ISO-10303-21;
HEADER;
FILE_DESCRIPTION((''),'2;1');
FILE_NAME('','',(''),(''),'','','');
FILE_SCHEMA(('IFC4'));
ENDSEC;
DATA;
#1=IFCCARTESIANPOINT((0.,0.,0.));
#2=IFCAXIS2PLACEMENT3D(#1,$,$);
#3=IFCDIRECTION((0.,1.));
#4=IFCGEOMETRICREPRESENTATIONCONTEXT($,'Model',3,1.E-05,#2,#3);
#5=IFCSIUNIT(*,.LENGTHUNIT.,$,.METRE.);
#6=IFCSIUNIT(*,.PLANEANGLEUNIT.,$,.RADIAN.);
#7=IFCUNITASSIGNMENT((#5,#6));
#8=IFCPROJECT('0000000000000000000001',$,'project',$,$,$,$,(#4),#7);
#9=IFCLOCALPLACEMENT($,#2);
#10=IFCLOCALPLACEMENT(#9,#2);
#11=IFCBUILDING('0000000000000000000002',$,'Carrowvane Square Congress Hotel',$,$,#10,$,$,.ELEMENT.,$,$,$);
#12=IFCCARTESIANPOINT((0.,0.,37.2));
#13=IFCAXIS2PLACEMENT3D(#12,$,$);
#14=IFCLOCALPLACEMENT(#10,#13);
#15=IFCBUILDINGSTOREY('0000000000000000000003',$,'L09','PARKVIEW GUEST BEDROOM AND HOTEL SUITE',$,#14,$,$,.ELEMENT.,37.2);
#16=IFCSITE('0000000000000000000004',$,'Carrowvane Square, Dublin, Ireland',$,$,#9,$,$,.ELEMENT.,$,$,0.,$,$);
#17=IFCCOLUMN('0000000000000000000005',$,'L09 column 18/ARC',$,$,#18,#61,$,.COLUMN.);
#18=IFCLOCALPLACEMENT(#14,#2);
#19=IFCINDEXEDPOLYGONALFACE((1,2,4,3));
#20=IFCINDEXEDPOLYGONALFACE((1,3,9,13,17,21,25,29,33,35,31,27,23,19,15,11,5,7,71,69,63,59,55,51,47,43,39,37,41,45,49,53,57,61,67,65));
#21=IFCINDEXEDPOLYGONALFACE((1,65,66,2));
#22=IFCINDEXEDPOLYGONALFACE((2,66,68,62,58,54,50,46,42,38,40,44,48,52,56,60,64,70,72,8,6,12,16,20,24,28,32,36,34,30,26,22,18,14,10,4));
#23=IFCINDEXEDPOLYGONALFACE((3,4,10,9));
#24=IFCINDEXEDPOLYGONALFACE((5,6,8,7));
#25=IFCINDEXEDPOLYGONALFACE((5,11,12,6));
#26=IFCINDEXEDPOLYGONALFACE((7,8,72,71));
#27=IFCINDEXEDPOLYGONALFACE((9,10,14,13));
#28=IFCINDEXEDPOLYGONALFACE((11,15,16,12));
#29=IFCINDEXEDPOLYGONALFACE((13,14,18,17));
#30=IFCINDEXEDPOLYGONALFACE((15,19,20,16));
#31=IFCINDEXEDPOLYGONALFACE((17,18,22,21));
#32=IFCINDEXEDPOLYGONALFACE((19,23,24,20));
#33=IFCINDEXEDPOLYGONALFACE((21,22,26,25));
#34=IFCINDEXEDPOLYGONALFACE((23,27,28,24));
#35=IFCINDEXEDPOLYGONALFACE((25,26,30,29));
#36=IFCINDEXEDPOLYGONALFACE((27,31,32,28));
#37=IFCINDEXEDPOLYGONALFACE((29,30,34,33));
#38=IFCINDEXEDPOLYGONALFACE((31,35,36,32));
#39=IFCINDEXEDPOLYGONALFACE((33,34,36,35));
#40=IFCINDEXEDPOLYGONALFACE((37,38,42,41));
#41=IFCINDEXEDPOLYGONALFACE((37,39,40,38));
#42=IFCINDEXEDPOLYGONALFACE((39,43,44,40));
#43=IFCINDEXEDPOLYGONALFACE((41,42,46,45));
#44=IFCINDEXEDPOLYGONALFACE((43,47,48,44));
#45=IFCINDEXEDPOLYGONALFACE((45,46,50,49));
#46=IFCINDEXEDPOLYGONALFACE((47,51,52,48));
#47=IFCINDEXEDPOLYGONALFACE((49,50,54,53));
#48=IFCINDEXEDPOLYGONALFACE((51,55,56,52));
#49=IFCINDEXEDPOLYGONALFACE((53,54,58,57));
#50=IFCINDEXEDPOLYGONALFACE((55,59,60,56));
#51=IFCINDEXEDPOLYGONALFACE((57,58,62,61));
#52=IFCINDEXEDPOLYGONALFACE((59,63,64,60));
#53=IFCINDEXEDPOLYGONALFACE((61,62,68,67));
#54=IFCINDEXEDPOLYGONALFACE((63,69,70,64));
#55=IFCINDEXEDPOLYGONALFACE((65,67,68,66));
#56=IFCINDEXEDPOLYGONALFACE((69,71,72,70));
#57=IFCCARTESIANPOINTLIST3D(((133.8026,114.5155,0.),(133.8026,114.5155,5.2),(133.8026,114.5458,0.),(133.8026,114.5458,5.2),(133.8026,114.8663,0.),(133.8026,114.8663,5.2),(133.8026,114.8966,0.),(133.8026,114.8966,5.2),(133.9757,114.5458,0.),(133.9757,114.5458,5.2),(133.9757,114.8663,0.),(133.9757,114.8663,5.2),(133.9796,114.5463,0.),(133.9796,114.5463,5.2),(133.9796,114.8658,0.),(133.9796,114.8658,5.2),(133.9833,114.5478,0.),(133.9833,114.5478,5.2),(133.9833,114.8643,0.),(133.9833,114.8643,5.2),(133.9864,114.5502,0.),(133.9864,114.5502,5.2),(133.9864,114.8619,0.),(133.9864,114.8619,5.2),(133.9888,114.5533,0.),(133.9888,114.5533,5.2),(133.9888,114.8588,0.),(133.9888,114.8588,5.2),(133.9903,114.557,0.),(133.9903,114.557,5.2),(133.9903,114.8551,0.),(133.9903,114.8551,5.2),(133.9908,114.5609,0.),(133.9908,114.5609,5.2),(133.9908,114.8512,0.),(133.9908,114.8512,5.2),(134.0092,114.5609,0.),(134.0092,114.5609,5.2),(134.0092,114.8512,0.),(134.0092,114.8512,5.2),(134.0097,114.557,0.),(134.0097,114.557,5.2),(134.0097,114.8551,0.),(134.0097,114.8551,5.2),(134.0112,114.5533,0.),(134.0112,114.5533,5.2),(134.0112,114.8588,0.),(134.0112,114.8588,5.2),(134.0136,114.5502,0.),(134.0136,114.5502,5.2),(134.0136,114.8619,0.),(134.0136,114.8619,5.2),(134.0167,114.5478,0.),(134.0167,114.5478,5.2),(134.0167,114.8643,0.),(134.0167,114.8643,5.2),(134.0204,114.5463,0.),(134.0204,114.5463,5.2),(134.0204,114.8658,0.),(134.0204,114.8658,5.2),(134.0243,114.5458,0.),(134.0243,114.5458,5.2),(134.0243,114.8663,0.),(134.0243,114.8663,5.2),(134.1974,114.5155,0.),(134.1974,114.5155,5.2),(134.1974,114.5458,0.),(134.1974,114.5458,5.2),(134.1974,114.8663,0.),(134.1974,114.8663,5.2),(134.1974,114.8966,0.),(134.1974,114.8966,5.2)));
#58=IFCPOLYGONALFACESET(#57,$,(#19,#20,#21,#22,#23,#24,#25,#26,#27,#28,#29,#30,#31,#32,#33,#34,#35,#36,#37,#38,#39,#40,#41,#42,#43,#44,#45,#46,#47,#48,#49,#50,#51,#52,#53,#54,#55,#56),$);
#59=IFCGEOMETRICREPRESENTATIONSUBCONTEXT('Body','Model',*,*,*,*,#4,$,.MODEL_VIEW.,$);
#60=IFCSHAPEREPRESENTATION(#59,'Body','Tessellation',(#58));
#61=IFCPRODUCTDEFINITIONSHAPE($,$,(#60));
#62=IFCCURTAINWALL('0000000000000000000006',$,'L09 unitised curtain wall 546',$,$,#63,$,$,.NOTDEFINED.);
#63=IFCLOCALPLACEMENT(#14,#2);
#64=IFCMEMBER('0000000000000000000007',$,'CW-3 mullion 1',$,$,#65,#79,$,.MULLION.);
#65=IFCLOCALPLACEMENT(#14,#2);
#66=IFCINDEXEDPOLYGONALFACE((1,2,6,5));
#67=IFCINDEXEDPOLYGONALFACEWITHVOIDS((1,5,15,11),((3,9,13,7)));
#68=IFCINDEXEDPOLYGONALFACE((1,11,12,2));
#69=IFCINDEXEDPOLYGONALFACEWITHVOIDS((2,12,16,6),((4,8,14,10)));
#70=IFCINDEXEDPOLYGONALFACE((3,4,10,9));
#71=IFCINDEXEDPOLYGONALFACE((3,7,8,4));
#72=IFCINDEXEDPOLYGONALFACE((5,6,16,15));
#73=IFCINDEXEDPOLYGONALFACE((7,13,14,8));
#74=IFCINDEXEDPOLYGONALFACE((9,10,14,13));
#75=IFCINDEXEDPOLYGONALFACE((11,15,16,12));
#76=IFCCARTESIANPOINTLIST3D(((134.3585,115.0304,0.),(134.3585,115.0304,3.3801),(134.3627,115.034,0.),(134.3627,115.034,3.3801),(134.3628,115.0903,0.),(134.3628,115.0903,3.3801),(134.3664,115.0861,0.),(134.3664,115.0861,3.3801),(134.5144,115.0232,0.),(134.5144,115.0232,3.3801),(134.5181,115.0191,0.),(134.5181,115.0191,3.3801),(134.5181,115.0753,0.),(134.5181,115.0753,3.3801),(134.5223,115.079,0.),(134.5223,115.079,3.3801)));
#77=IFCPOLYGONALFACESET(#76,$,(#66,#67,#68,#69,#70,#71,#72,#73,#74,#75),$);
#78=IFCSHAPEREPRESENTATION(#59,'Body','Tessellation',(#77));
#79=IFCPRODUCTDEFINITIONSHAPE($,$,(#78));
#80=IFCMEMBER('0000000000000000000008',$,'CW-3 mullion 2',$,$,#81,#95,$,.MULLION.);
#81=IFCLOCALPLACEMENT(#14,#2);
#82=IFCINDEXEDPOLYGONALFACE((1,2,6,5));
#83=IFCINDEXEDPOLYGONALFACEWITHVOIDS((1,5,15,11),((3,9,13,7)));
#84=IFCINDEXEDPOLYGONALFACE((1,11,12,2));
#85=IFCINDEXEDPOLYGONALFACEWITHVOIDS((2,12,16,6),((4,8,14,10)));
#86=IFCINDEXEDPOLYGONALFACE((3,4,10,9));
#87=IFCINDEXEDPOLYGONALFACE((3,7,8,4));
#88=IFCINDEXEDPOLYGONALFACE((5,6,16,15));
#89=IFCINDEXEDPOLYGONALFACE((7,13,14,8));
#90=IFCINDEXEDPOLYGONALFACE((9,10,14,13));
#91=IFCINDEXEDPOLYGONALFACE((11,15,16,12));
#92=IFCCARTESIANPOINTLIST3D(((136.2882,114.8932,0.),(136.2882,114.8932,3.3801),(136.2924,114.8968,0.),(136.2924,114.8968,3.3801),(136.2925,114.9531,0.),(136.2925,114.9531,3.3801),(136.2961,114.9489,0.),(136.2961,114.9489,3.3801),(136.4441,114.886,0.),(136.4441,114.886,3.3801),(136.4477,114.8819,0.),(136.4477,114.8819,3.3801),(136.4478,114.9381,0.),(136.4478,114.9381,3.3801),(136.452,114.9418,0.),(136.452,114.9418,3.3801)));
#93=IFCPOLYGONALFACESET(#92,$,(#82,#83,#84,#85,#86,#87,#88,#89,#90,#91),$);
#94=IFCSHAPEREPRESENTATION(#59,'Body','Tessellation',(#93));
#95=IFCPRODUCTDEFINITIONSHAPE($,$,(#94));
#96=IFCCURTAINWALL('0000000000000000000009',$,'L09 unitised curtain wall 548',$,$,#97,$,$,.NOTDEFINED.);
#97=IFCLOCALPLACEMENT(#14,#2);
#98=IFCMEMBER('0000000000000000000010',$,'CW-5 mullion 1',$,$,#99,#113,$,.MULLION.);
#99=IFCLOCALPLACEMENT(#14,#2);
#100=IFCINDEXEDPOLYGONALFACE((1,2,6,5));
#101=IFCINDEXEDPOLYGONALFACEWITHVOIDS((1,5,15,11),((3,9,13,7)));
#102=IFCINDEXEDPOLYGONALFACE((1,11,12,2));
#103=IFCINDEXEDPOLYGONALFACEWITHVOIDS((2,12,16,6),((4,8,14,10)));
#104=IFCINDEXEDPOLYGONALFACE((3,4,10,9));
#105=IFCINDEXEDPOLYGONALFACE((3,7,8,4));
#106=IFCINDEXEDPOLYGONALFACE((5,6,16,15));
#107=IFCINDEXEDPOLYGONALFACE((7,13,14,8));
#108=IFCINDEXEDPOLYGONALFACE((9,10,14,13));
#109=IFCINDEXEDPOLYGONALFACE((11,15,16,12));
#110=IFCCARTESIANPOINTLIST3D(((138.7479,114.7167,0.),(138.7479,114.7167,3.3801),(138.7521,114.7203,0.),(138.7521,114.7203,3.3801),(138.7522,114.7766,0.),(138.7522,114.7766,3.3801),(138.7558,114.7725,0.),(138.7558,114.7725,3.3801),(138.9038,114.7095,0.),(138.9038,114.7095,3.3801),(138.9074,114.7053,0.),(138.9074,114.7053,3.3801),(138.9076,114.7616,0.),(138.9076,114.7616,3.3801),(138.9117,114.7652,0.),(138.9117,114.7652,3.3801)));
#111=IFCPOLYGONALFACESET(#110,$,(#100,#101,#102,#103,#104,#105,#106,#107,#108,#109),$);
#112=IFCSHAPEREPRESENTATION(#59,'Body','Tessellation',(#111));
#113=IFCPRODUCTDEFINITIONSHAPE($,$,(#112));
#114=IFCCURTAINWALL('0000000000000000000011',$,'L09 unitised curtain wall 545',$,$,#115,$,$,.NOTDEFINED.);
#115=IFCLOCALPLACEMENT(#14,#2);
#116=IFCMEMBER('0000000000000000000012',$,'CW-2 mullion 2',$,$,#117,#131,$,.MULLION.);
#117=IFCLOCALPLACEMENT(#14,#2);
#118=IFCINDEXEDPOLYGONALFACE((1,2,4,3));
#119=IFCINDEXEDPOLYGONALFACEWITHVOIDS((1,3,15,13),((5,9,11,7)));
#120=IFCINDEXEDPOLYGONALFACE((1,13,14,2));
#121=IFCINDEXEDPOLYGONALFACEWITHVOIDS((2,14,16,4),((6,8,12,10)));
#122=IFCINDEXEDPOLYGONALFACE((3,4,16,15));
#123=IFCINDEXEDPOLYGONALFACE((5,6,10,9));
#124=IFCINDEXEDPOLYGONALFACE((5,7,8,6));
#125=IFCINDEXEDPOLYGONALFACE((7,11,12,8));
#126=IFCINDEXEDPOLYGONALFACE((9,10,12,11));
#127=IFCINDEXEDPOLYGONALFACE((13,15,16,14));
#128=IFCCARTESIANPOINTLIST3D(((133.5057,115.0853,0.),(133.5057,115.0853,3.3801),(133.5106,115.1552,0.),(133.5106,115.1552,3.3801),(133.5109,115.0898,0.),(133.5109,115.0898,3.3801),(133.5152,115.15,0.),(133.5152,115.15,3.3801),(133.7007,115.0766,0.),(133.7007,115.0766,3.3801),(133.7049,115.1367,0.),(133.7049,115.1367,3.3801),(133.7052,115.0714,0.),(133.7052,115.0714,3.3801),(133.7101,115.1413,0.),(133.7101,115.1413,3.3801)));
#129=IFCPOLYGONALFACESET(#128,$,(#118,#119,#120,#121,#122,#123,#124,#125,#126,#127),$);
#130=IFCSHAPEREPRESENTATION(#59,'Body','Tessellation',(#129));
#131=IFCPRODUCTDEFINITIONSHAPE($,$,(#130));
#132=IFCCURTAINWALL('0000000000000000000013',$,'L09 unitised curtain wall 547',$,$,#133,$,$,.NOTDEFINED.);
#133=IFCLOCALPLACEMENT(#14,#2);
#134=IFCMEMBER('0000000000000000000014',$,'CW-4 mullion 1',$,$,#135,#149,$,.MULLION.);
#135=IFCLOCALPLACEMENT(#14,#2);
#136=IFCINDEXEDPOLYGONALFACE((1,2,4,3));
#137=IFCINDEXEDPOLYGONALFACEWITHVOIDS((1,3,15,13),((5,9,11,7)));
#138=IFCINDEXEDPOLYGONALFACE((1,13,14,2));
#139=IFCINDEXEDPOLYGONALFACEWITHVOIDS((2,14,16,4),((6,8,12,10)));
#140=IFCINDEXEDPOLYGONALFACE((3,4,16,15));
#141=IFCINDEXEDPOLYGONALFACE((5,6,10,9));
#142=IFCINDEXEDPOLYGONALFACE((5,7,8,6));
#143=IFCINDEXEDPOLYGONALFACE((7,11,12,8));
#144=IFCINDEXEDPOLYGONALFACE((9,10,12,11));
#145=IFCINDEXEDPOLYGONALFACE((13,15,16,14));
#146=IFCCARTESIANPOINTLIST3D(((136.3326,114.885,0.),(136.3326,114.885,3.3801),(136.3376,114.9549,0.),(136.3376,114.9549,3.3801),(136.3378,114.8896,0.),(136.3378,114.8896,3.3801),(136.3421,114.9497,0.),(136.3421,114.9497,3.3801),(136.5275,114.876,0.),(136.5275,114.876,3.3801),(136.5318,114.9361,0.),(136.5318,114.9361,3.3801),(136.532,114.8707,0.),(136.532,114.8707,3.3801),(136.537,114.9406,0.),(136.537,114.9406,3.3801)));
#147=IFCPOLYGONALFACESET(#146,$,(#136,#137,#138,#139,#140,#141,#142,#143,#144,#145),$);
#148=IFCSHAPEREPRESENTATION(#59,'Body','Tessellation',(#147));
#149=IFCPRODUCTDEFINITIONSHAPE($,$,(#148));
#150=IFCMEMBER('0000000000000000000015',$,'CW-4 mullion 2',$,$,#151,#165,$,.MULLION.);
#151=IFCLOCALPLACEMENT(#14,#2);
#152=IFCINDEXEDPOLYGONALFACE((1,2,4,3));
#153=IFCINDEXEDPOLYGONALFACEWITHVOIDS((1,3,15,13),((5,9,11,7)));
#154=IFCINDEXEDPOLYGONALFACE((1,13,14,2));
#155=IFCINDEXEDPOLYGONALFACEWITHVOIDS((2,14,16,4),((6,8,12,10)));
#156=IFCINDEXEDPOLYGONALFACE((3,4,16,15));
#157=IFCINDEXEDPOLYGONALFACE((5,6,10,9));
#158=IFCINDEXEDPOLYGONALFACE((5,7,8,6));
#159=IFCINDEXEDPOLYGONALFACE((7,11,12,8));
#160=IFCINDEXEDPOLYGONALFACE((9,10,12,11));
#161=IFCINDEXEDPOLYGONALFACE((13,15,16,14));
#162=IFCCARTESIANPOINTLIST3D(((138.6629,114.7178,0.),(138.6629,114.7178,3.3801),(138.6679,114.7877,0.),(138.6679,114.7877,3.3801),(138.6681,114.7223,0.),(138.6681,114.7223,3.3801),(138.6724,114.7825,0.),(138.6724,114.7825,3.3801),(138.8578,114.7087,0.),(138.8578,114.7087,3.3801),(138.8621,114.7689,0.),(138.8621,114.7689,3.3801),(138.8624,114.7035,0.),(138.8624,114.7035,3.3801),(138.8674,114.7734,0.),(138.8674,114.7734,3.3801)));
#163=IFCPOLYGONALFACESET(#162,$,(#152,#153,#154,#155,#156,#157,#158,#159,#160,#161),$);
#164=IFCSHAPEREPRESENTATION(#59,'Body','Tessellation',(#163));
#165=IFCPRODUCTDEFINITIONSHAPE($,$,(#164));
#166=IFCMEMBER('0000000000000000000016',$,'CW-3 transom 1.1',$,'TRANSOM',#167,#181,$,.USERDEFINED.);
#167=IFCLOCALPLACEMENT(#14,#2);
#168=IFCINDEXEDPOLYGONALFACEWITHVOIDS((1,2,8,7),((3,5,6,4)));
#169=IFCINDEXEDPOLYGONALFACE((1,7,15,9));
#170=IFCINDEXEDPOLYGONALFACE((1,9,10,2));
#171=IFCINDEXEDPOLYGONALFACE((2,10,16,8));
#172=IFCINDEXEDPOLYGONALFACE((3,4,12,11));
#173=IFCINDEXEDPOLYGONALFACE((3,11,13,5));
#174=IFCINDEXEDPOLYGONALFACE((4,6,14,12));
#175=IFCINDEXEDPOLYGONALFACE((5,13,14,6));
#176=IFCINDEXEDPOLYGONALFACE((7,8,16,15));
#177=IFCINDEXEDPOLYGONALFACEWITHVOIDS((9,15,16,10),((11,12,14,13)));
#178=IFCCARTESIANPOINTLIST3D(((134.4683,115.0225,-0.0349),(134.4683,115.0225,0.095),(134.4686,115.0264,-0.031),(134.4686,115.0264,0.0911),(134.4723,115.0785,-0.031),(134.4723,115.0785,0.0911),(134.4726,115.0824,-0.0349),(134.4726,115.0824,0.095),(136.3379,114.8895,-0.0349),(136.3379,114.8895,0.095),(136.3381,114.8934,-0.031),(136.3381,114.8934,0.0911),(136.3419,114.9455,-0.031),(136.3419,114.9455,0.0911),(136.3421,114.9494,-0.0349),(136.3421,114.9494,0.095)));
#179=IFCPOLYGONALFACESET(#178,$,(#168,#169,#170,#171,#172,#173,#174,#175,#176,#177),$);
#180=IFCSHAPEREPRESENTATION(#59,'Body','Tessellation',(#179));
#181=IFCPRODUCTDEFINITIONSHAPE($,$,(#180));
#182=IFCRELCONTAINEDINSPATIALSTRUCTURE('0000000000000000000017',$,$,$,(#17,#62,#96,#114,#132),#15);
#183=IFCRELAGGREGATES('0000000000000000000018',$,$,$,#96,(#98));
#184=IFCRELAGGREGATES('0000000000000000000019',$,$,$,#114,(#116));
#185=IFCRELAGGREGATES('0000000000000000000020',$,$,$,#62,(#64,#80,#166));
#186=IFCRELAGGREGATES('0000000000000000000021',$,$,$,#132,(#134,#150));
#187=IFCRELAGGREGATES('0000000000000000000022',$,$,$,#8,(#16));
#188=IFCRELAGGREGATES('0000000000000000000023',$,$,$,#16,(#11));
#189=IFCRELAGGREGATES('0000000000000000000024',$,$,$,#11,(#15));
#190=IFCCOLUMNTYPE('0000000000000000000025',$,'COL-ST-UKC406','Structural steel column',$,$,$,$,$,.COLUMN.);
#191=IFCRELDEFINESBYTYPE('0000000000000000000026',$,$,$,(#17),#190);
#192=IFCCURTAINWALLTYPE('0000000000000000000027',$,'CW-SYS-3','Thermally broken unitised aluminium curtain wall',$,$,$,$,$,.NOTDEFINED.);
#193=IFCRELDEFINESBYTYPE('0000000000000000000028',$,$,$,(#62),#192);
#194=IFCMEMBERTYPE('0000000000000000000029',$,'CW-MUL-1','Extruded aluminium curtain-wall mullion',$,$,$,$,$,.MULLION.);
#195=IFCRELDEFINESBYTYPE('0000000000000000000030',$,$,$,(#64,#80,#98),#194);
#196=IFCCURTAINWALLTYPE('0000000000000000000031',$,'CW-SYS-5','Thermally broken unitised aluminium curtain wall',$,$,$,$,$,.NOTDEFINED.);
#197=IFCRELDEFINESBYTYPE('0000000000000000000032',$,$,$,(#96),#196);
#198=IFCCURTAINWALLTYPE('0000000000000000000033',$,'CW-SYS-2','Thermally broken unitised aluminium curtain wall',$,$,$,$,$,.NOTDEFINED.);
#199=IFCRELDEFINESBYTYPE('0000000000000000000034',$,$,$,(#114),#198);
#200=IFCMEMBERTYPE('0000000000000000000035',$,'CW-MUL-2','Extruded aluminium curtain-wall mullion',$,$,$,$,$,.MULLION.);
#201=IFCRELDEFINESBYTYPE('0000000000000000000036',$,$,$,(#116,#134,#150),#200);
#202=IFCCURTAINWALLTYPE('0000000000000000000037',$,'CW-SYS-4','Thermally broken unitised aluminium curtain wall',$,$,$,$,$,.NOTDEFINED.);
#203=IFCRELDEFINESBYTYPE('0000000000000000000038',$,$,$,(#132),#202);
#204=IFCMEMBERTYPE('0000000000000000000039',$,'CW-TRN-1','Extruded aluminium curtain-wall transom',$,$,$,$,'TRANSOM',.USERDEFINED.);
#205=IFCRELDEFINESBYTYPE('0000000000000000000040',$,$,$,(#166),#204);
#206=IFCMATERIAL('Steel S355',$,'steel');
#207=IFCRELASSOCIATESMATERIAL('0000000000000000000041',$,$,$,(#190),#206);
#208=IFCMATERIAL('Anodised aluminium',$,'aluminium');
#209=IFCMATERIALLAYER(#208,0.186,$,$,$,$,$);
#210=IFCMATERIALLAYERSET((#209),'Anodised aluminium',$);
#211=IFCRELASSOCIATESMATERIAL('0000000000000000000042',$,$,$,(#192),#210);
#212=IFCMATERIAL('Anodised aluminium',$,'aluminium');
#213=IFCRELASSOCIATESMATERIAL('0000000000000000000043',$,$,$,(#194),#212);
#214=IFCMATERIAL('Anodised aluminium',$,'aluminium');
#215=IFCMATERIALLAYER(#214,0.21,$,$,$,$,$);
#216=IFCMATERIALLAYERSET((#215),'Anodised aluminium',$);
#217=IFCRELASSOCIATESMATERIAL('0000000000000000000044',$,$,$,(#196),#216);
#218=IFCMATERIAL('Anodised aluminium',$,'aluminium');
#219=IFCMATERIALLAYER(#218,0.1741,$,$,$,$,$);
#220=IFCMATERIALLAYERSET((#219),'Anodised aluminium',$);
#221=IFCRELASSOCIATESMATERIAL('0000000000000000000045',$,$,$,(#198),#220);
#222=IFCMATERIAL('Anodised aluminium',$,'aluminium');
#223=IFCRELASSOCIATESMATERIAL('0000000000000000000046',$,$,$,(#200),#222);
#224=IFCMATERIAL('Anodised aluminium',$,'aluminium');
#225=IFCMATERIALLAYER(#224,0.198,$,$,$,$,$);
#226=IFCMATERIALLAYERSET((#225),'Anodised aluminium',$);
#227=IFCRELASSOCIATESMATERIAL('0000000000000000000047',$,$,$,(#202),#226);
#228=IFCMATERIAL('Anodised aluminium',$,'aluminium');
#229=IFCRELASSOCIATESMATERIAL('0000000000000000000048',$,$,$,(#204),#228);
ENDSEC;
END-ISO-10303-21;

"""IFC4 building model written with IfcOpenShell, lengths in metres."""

from ifc_helpers import new_model, si_unit, direction, frame, origin, origin_2d, place, context, subcontext, project, spatial, hollow_rectangle, i_section, extrude, material, layer, layer_set, material_profile, profile_set, type_object, element, aggregate, save


model = new_model("IFC4")

# Units and contexts
model_context = context("Model", 3, precision=1e-05, world=origin(), true_north=direction((0.0, 1.0)))
body_context = subcontext(model_context, "Body", "Model", "MODEL_VIEW")
ifc_project = project(units=[si_unit("LENGTHUNIT", "METRE"), si_unit("PLANEANGLEUNIT", "RADIAN")], contexts=[model_context])

# Site, building, storey
site_placement = place(None, origin())
site = spatial("IfcSite", under=ifc_project, at=site_placement, Name="Carrowvane Square, Dublin, Ireland", CompositionType="ELEMENT", RefElevation=0.0)
building_placement = place(site_placement, origin())
building = spatial("IfcBuilding", under=site, at=building_placement, Name="Carrowvane Square Congress Hotel", CompositionType="ELEMENT")
storey_placement = place(building_placement, frame((0.0, 0.0, 37.2)))
storey = spatial("IfcBuildingStorey", under=building, at=storey_placement, Name="L09", Description="PARKVIEW GUEST BEDROOM AND HOTEL SUITE", CompositionType="ELEMENT", Elevation=37.2)

# Column
ifc_material_1 = material(Name="Steel S355", Category="steel")
ifc_material_profile_1 = material_profile(ifc_material_1, i_section(OverallWidth=0.3948, OverallDepth=0.3811, WebThickness=0.0183, FlangeThickness=0.0303, FilletRadius=0.0151, at=origin_2d()), Name="UKC 356x406x235")
ifc_profile_set_1 = profile_set([ifc_material_profile_1], Name="Steel S355")
column_type = type_object("IfcColumnType", Name="COL-ST-UKC406", Description="Structural steel column", PredefinedType="COLUMN", material=ifc_profile_set_1)
column_placement = place(storey_placement, frame((134.0, 114.7061, 0.0), z_axis=(0.0, 0.0, 1.0), x_axis=(1.0, 0.0, 0.0)))
element("IfcColumn", 1, at=column_placement, inside=storey, type_object=column_type, Name="L09 column 18/ARC", PredefinedType="COLUMN", context=body_context, shape_type="SweptSolid", body=[
    extrude(i_section(OverallWidth=0.3948, OverallDepth=0.3811, WebThickness=0.0183, FlangeThickness=0.0303, FilletRadius=0.0151, at=origin_2d()), origin(), (0.0, 0.0, 1.0), 5.2),
])

# Curtain wall, members
ifc_material_2 = material(Name="Anodised aluminium", Category="aluminium")
ifc_layer_1 = layer(ifc_material_2, 0.186)
ifc_layer_set_1 = layer_set([ifc_layer_1], Name="Anodised aluminium")
curtain_wall_type_1 = type_object("IfcCurtainWallType", Name="CW-SYS-3", Description="Thermally broken unitised aluminium curtain wall", PredefinedType="NOTDEFINED", material=ifc_layer_set_1)
curtain_wall_1_placement = place(storey_placement, origin())
curtain_wall_1 = element("IfcCurtainWall", 2, at=curtain_wall_1_placement, inside=storey, type_object=curtain_wall_type_1, Name="L09 unitised curtain wall 546", PredefinedType="NOTDEFINED")
ifc_material_3 = material(Name="Anodised aluminium", Category="aluminium")
ifc_material_profile_2 = material_profile(ifc_material_3, hollow_rectangle(XDim=0.0601, YDim=0.1599, WallThickness=0.0039, at=origin_2d()), Name="CW-ML 60x160x4")
ifc_profile_set_2 = profile_set([ifc_material_profile_2], Name="Anodised aluminium")
member_type_1 = type_object("IfcMemberType", Name="CW-MUL-1", Description="Extruded aluminium curtain-wall mullion", PredefinedType="MULLION", material=ifc_profile_set_2)
member_1_placement = place(storey_placement, frame((134.4404, 115.0547, 0.0), z_axis=(0.0, 0.0, 1.0), x_axis=(0.07096, 0.997479, 0.0)))
member_1 = element("IfcMember", 3, at=member_1_placement, type_object=member_type_1, Name="CW-3 mullion 1", PredefinedType="MULLION", context=body_context, shape_type="SweptSolid", body=[
    extrude(hollow_rectangle(XDim=0.0601, YDim=0.1599, WallThickness=0.0039, at=origin_2d()), origin(), (0.0, 0.0, 1.0), 3.3801),
])
member_2_placement = place(storey_placement, frame((136.3701, 114.9175, 0.0), z_axis=(0.0, 0.0, 1.0), x_axis=(0.07096, 0.997479, 0.0)))
member_2 = element("IfcMember", 4, at=member_2_placement, type_object=member_type_1, Name="CW-3 mullion 2", PredefinedType="MULLION", context=body_context, shape_type="SweptSolid", body=[
    extrude(hollow_rectangle(XDim=0.0601, YDim=0.1599, WallThickness=0.0039, at=origin_2d()), origin(), (0.0, 0.0, 1.0), 3.3801),
])

# Curtain walls, members
ifc_material_4 = material(Name="Anodised aluminium", Category="aluminium")
ifc_layer_2 = layer(ifc_material_4, 0.21)
ifc_layer_set_2 = layer_set([ifc_layer_2], Name="Anodised aluminium")
curtain_wall_type_2 = type_object("IfcCurtainWallType", Name="CW-SYS-5", Description="Thermally broken unitised aluminium curtain wall", PredefinedType="NOTDEFINED", material=ifc_layer_set_2)
curtain_wall_2_placement = place(storey_placement, origin())
curtain_wall_2 = element("IfcCurtainWall", 5, at=curtain_wall_2_placement, inside=storey, type_object=curtain_wall_type_2, Name="L09 unitised curtain wall 548", PredefinedType="NOTDEFINED")
member_3_placement = place(storey_placement, frame((138.8298, 114.741, 0.0), z_axis=(0.0, 0.0, 1.0), x_axis=(0.071422, 0.997446, 0.0)))
member_3 = element("IfcMember", 6, at=member_3_placement, type_object=member_type_1, Name="CW-5 mullion 1", PredefinedType="MULLION", context=body_context, shape_type="SweptSolid", body=[
    extrude(hollow_rectangle(XDim=0.0601, YDim=0.1599, WallThickness=0.0039, at=origin_2d()), origin(), (0.0, 0.0, 1.0), 3.3801),
])
ifc_material_5 = material(Name="Anodised aluminium", Category="aluminium")
ifc_layer_3 = layer(ifc_material_5, 0.1741)
ifc_layer_set_3 = layer_set([ifc_layer_3], Name="Anodised aluminium")
curtain_wall_type_3 = type_object("IfcCurtainWallType", Name="CW-SYS-2", Description="Thermally broken unitised aluminium curtain wall", PredefinedType="NOTDEFINED", material=ifc_layer_set_3)
curtain_wall_3_placement = place(storey_placement, origin())
curtain_wall_3 = element("IfcCurtainWall", 7, at=curtain_wall_3_placement, inside=storey, type_object=curtain_wall_type_3, Name="L09 unitised curtain wall 545", PredefinedType="NOTDEFINED")
ifc_material_6 = material(Name="Anodised aluminium", Category="aluminium")
ifc_material_profile_3 = material_profile(ifc_material_6, hollow_rectangle(XDim=0.0701, YDim=0.2, WallThickness=0.0049, at=origin_2d()), Name="CW-ML 70x200x5")
ifc_profile_set_3 = profile_set([ifc_material_profile_3], Name="Anodised aluminium")
member_type_2 = type_object("IfcMemberType", Name="CW-MUL-2", Description="Extruded aluminium curtain-wall mullion", PredefinedType="MULLION", material=ifc_profile_set_3)
member_4_placement = place(storey_placement, frame((133.6079, 115.1133, 0.0), z_axis=(0.0, 0.0, 1.0), x_axis=(0.069727, 0.997566, 0.0)))
member_4 = element("IfcMember", 8, at=member_4_placement, type_object=member_type_2, Name="CW-2 mullion 2", PredefinedType="MULLION", context=body_context, shape_type="SweptSolid", body=[
    extrude(hollow_rectangle(XDim=0.0701, YDim=0.2, WallThickness=0.0049, at=origin_2d()), origin(), (0.0, 0.0, 1.0), 3.3801),
])

# Curtain wall, members
ifc_material_7 = material(Name="Anodised aluminium", Category="aluminium")
ifc_layer_4 = layer(ifc_material_7, 0.198)
ifc_layer_set_4 = layer_set([ifc_layer_4], Name="Anodised aluminium")
curtain_wall_type_4 = type_object("IfcCurtainWallType", Name="CW-SYS-4", Description="Thermally broken unitised aluminium curtain wall", PredefinedType="NOTDEFINED", material=ifc_layer_set_4)
curtain_wall_4_placement = place(storey_placement, origin())
curtain_wall_4 = element("IfcCurtainWall", 9, at=curtain_wall_4_placement, inside=storey, type_object=curtain_wall_type_4, Name="L09 unitised curtain wall 547", PredefinedType="NOTDEFINED")
member_5_placement = place(storey_placement, frame((136.4348, 114.9128, 0.0), z_axis=(0.0, 0.0, 1.0), x_axis=(0.071532, 0.997438, 0.0)))
member_5 = element("IfcMember", 10, at=member_5_placement, type_object=member_type_2, Name="CW-4 mullion 1", PredefinedType="MULLION", context=body_context, shape_type="SweptSolid", body=[
    extrude(hollow_rectangle(XDim=0.0701, YDim=0.2, WallThickness=0.0049, at=origin_2d()), origin(), (0.0, 0.0, 1.0), 3.3801),
])
member_6_placement = place(storey_placement, frame((138.7651, 114.7456, 0.0), z_axis=(0.0, 0.0, 1.0), x_axis=(0.071532, 0.997438, 0.0)))
member_6 = element("IfcMember", 11, at=member_6_placement, type_object=member_type_2, Name="CW-4 mullion 2", PredefinedType="MULLION", context=body_context, shape_type="SweptSolid", body=[
    extrude(hollow_rectangle(XDim=0.0701, YDim=0.2, WallThickness=0.0049, at=origin_2d()), origin(), (0.0, 0.0, 1.0), 3.3801),
])

# Member
ifc_material_8 = material(Name="Anodised aluminium", Category="aluminium")
ifc_material_profile_4 = material_profile(ifc_material_8, hollow_rectangle(XDim=0.0601, YDim=0.1299, WallThickness=0.0039, at=origin_2d()), Name="CW-TR 60x130x4")
ifc_profile_set_4 = profile_set([ifc_material_profile_4], Name="Anodised aluminium")
member_type_3 = type_object("IfcMemberType", Name="CW-TRN-1", Description="Extruded aluminium curtain-wall transom", ElementType="TRANSOM", PredefinedType="USERDEFINED", material=ifc_profile_set_4)
member_7_placement = place(storey_placement, frame((134.4705, 115.0525, 0.03), z_axis=(0.997477, -0.070988, 0.0), x_axis=(0.070988, 0.997477, 0.0)))
member_7 = element("IfcMember", 12, at=member_7_placement, type_object=member_type_3, Name="CW-3 transom 1.1", ObjectType="TRANSOM", PredefinedType="USERDEFINED", context=body_context, shape_type="SweptSolid", body=[
    extrude(hollow_rectangle(XDim=0.0601, YDim=0.1299, WallThickness=0.0039, at=origin_2d()), origin(), (0.0, 0.0, 1.0), 1.8743),
])
aggregate(curtain_wall_2, [member_3])

aggregate(curtain_wall_3, [member_4])
aggregate(curtain_wall_1, [member_1, member_2, member_7])
aggregate(curtain_wall_4, [member_5, member_6])

save(model, "model.ifc")
